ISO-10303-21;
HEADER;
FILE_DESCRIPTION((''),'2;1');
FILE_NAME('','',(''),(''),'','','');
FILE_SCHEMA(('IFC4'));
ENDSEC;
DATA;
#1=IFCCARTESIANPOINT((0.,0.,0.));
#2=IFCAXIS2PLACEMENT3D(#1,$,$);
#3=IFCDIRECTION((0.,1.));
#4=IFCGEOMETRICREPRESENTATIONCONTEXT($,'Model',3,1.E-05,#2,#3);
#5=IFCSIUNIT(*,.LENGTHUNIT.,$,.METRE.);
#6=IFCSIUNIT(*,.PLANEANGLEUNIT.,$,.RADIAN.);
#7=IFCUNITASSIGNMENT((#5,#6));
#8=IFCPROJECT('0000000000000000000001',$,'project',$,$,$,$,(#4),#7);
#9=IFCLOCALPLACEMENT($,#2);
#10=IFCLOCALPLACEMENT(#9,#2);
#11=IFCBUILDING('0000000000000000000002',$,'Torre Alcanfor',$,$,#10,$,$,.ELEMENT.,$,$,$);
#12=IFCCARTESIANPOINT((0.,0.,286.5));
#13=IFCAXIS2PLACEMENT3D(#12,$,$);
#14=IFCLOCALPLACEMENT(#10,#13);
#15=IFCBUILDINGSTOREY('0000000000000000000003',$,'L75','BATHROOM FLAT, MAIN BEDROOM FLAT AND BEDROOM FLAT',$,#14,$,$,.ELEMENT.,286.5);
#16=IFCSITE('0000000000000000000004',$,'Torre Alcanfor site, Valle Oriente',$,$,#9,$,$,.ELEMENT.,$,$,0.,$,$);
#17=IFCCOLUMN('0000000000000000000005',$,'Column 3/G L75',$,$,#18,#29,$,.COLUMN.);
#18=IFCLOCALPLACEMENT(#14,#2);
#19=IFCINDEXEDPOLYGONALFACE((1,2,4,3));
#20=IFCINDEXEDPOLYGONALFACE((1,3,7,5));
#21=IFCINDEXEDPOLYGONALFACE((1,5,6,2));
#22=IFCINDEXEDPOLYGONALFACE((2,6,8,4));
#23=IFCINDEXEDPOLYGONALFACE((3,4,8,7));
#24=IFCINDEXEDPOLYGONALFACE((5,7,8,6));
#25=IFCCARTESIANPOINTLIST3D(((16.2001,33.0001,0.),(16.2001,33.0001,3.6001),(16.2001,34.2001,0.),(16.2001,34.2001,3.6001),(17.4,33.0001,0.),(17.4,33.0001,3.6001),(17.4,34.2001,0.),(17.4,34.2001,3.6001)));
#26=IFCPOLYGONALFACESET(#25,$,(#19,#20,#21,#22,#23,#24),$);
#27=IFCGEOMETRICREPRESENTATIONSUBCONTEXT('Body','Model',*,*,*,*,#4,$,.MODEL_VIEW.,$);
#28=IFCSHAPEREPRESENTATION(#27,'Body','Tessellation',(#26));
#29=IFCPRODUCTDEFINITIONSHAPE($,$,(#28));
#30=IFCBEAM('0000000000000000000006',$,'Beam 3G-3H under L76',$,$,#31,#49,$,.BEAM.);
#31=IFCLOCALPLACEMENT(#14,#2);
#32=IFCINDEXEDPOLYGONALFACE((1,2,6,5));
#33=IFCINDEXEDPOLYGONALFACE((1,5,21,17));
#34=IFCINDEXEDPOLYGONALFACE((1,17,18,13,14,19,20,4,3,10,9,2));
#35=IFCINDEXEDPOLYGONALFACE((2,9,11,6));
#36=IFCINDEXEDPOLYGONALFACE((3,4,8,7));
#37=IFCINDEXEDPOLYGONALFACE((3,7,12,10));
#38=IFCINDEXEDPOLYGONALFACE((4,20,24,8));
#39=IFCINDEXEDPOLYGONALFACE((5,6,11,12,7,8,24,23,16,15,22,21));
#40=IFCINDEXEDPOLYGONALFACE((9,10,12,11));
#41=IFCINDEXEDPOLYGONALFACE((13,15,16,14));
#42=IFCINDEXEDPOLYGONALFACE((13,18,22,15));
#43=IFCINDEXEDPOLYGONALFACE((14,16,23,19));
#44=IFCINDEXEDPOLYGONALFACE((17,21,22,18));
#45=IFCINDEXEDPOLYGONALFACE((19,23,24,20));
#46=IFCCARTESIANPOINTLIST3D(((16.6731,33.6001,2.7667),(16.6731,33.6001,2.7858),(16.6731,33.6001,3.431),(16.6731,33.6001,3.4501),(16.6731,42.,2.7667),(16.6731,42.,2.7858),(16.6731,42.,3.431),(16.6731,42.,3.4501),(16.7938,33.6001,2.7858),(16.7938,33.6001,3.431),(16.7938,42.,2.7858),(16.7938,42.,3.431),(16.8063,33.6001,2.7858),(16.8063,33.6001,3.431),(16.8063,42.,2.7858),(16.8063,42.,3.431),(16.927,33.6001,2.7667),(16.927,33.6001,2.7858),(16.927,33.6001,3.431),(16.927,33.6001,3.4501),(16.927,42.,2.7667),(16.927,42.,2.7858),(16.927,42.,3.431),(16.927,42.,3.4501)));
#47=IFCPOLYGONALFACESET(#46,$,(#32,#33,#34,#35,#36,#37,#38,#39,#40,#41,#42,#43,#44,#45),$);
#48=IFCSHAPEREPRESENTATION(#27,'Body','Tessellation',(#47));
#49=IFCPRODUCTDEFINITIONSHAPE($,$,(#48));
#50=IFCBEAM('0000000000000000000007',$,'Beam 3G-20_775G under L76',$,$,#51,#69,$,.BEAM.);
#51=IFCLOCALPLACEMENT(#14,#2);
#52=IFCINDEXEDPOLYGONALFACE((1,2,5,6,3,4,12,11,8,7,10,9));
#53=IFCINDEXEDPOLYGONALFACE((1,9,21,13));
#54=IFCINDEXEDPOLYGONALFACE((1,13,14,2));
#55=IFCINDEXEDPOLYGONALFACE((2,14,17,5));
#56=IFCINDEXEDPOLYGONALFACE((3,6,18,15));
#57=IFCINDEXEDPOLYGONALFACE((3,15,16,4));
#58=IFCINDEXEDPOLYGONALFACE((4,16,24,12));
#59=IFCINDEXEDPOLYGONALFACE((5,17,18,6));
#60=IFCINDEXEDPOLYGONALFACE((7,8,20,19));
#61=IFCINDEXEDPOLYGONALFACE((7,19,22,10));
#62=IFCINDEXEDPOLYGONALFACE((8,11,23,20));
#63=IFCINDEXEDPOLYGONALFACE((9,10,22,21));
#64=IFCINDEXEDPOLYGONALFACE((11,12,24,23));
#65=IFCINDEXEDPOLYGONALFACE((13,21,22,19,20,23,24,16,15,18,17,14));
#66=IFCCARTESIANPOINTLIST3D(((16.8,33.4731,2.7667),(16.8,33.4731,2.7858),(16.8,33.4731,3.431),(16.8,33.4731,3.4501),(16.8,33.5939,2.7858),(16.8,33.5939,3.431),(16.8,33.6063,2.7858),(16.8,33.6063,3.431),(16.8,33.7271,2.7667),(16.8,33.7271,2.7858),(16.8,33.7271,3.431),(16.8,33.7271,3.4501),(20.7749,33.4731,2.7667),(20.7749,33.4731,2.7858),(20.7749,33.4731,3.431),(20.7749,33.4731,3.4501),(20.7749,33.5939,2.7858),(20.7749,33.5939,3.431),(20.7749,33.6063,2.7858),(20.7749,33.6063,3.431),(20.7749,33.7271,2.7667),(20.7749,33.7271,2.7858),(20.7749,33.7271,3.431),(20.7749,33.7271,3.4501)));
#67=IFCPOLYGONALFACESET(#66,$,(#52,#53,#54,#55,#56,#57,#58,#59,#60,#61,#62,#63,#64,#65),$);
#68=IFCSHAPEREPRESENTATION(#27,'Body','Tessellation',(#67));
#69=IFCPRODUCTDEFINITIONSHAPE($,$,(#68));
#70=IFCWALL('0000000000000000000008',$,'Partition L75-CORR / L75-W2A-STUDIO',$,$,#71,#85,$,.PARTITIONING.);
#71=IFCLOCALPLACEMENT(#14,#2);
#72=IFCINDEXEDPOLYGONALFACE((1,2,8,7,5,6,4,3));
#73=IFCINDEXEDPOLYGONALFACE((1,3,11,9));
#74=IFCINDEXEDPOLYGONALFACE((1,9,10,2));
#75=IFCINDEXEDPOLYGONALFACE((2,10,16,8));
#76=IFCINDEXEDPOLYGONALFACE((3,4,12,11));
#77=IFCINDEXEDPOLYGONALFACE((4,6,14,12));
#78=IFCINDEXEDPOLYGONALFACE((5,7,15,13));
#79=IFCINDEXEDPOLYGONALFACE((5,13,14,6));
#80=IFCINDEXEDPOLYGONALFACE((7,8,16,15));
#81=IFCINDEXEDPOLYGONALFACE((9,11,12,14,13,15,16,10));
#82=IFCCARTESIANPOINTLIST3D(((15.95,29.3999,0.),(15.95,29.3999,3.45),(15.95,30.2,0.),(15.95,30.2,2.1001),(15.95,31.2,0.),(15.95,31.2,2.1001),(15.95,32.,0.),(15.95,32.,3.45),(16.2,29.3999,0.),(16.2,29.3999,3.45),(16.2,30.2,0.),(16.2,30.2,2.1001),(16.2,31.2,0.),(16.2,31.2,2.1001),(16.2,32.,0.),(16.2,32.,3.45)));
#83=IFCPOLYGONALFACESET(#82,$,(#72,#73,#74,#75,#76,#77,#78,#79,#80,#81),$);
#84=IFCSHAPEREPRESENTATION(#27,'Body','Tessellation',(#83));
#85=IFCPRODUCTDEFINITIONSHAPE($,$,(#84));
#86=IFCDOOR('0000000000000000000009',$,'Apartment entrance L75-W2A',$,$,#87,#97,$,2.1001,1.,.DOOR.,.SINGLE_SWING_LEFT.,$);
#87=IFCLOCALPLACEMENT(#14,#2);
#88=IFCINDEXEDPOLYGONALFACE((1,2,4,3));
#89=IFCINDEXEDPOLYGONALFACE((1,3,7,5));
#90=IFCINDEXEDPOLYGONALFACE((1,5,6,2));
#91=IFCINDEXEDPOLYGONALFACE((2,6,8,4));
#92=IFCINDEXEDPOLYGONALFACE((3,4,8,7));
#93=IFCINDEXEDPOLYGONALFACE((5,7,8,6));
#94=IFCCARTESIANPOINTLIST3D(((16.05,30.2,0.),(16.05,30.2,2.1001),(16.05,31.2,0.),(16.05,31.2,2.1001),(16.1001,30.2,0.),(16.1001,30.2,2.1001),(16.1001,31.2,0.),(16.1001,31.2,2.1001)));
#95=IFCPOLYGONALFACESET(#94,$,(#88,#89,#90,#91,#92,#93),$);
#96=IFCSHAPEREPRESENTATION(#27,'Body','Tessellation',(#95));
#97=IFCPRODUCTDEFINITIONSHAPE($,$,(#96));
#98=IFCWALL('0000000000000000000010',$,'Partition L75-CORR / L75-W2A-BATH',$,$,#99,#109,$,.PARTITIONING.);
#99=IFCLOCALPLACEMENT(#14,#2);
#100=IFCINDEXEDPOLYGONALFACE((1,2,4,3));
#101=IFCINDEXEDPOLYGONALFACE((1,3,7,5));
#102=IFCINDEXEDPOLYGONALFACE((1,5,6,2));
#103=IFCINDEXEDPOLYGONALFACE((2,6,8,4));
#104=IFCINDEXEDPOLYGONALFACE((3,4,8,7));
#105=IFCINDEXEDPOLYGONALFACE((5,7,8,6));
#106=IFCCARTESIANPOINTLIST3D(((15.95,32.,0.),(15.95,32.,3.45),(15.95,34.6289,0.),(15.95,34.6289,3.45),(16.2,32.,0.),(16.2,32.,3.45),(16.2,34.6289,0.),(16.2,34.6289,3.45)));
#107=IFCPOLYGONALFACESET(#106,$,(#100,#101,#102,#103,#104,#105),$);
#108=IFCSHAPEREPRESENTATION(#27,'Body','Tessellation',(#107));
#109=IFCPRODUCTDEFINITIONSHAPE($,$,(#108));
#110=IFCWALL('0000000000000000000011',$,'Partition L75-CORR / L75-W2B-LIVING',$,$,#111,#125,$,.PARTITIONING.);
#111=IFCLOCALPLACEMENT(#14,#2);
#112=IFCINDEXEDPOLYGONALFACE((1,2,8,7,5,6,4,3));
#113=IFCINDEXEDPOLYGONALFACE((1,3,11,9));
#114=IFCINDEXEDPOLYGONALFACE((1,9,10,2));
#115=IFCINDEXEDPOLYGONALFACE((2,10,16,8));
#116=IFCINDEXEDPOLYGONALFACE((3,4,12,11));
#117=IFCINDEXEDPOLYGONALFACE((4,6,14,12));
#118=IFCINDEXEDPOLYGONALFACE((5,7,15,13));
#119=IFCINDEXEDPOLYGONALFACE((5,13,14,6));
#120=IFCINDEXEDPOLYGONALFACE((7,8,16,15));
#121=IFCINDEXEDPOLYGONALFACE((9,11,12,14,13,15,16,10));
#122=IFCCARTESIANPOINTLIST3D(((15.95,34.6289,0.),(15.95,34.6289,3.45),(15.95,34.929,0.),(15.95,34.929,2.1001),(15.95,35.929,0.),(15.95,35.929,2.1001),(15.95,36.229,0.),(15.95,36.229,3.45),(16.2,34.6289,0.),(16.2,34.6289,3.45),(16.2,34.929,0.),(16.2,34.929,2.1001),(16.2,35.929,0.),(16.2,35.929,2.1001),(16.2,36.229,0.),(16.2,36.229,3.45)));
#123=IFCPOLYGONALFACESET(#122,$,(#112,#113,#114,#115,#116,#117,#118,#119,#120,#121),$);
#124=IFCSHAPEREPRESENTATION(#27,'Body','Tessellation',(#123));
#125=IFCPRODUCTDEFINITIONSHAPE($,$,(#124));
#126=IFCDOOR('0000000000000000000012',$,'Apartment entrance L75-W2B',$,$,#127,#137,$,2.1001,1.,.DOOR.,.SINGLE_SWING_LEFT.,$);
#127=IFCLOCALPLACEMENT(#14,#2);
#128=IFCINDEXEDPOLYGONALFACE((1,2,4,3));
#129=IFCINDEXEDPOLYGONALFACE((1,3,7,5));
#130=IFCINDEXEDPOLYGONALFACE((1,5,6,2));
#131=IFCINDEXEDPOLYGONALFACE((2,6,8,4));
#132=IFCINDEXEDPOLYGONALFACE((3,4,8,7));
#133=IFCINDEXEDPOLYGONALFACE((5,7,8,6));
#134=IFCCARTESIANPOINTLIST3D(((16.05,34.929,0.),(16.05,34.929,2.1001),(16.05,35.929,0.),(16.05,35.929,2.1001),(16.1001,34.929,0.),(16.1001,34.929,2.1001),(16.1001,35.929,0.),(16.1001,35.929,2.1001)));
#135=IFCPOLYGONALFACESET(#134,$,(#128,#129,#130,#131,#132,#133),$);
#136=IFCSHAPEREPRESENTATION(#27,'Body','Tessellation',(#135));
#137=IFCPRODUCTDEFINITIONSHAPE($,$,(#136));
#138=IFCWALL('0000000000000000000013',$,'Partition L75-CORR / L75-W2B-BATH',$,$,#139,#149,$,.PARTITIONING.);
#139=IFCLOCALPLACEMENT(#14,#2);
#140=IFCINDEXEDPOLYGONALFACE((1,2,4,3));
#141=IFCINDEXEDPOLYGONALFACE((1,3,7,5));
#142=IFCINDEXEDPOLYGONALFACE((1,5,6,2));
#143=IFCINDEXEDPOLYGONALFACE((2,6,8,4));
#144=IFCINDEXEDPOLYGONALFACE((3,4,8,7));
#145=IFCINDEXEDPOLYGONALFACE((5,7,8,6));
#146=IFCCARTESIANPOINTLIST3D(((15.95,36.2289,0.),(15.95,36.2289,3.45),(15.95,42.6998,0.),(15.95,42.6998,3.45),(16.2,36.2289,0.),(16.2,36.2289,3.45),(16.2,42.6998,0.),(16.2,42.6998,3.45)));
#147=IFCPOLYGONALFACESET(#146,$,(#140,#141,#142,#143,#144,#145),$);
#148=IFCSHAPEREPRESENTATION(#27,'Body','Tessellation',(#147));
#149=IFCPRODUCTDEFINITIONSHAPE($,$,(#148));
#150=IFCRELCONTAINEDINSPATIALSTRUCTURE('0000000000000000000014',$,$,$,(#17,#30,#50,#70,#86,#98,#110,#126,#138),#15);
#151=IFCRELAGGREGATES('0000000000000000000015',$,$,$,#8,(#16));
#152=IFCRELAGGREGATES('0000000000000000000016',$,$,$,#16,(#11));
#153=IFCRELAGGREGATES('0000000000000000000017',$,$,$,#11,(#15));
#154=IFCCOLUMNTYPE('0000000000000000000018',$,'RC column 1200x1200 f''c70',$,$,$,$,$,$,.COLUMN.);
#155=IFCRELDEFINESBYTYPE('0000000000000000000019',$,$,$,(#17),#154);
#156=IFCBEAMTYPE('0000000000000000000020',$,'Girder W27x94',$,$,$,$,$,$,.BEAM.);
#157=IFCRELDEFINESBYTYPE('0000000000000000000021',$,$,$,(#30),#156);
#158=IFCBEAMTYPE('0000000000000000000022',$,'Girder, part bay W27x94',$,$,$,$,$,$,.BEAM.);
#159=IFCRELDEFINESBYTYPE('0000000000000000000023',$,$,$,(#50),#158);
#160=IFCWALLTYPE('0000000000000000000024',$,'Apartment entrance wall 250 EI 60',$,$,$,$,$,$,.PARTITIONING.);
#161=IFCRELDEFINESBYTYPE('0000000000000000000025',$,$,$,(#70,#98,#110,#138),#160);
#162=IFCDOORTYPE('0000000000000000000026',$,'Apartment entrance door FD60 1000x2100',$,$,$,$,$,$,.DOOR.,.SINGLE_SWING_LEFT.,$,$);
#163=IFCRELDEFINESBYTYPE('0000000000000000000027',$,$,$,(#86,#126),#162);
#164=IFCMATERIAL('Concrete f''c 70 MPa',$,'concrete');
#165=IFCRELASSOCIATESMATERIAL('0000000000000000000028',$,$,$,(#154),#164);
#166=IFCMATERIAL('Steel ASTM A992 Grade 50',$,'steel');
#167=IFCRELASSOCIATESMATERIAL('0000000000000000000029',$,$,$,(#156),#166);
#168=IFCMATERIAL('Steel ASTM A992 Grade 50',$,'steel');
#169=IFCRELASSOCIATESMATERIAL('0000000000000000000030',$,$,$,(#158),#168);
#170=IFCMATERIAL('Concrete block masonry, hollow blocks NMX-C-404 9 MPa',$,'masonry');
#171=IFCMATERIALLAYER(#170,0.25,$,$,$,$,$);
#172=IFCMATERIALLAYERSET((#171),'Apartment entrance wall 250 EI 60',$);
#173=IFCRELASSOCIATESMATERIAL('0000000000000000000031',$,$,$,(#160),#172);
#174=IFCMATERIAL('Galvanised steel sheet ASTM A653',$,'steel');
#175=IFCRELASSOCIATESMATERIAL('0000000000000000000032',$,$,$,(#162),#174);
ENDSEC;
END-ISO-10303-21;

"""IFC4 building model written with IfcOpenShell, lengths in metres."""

from ifc_helpers import new_model, si_unit, direction, frame, frame_2d, origin, origin_2d, place, context, subcontext, project, spatial, rectangle, i_section, extrude, material, layer, layer_set, material_profile, profile_set, type_object, element, fill, save


model = new_model("IFC4")

# Units and contexts
model_context = context("Model", 3, precision=1e-05, world=origin(), true_north=direction((0.0, 1.0)))
body_context = subcontext(model_context, "Body", "Model", "MODEL_VIEW")
ifc_project = project(units=[si_unit("LENGTHUNIT", "METRE"), si_unit("PLANEANGLEUNIT", "RADIAN")], contexts=[model_context])

# Site, building, storey
site_placement = place(None, origin())
site = spatial("IfcSite", under=ifc_project, at=site_placement, Name="Torre Alcanfor site, Valle Oriente", CompositionType="ELEMENT", RefElevation=0.0)
building_placement = place(site_placement, origin())
building = spatial("IfcBuilding", under=site, at=building_placement, Name="Torre Alcanfor", CompositionType="ELEMENT")
storey_placement = place(building_placement, frame((0.0, 0.0, 286.5)))
storey = spatial("IfcBuildingStorey", under=building, at=storey_placement, Name="L75", Description="BATHROOM FLAT, MAIN BEDROOM FLAT AND BEDROOM FLAT", CompositionType="ELEMENT", Elevation=286.5)

# Column
ifc_material_1 = material(Name="Concrete f'c 70 MPa", Category="concrete")
ifc_material_profile_1 = material_profile(ifc_material_1, rectangle(XDim=1.2, YDim=1.2, at=origin_2d()), Name="1200x1200")
ifc_profile_set_1 = profile_set([ifc_material_profile_1], Name="Concrete f'c 70 MPa")
column_type = type_object("IfcColumnType", Name="RC column 1200x1200 f'c70", PredefinedType="COLUMN", material=ifc_profile_set_1)
column_placement = place(storey_placement, frame((16.8, 33.6001, 0.0), z_axis=(0.0, 0.0, 1.0), x_axis=(1.0, 0.0, 0.0)))
element("IfcColumn", 1, at=column_placement, inside=storey, type_object=column_type, Name="Column 3/G L75", PredefinedType="COLUMN", context=body_context, shape_type="SweptSolid", body=[
    extrude(rectangle(XDim=1.2, YDim=1.2, at=origin_2d()), origin(), (0.0, 0.0, 1.0), 3.6001),
])

# Beams
ifc_material_2 = material(Name="Steel ASTM A992 Grade 50", Category="steel")
ifc_material_profile_2 = material_profile(ifc_material_2, i_section(OverallWidth=0.2539, OverallDepth=0.6833, WebThickness=0.0125, FlangeThickness=0.019, at=origin_2d()), Name="W27x94")
ifc_profile_set_2 = profile_set([ifc_material_profile_2], Name="Steel ASTM A992 Grade 50")
beam_type_1 = type_object("IfcBeamType", Name="Girder W27x94", PredefinedType="BEAM", material=ifc_profile_set_2)
beam_1_placement = place(storey_placement, frame((16.8, 33.6001, 3.1084), z_axis=(0.0, 1.0, 0.0), x_axis=(-1.0, 0.0, 0.0)))
element("IfcBeam", 2, at=beam_1_placement, inside=storey, type_object=beam_type_1, Name="Beam 3G-3H under L76", PredefinedType="BEAM", context=body_context, shape_type="SweptSolid", body=[
    extrude(i_section(OverallWidth=0.2539, OverallDepth=0.6833, WebThickness=0.0125, FlangeThickness=0.019, at=origin_2d()), origin(), (0.0, 0.0, 1.0), 8.3999),
])
ifc_material_3 = material(Name="Steel ASTM A992 Grade 50", Category="steel")
ifc_material_profile_3 = material_profile(ifc_material_3, i_section(OverallWidth=0.2539, OverallDepth=0.6833, WebThickness=0.0125, FlangeThickness=0.019, at=origin_2d()), Name="W27x94")
ifc_profile_set_3 = profile_set([ifc_material_profile_3], Name="Steel ASTM A992 Grade 50")
beam_type_2 = type_object("IfcBeamType", Name="Girder, part bay W27x94", PredefinedType="BEAM", material=ifc_profile_set_3)
beam_2_placement = place(storey_placement, frame((16.8, 33.6001, 3.1084), z_axis=(1.0, 0.0, 0.0), x_axis=(0.0, 1.0, 0.0)))
element("IfcBeam", 3, at=beam_2_placement, inside=storey, type_object=beam_type_2, Name="Beam 3G-20_775G under L76", PredefinedType="BEAM", context=body_context, shape_type="SweptSolid", body=[
    extrude(i_section(OverallWidth=0.2539, OverallDepth=0.6833, WebThickness=0.0125, FlangeThickness=0.019, at=origin_2d()), origin(), (0.0, 0.0, 1.0), 3.9749),
])

# Wall, opening, door
ifc_material_4 = material(Name="Concrete block masonry, hollow blocks NMX-C-404 9 MPa", Category="masonry")
ifc_layer_1 = layer(ifc_material_4, 0.25)
ifc_layer_set_1 = layer_set([ifc_layer_1], Name="Apartment entrance wall 250 EI 60")
wall_type_1 = type_object("IfcWallType", Name="Apartment entrance wall 250 EI 60", PredefinedType="PARTITIONING", material=ifc_layer_set_1)
wall_1_placement = place(storey_placement, frame((16.075, 29.3999, 0.0), z_axis=(0.0, 0.0, 1.0), x_axis=(0.0, 1.0, 0.0)))
wall_1 = element("IfcWall", 4, at=wall_1_placement, inside=storey, type_object=wall_type_1, Name="Partition L75-CORR / L75-W2A-STUDIO", PredefinedType="PARTITIONING", context=body_context, shape_type="SweptSolid", body=[
    extrude(rectangle(XDim=2.6001, YDim=0.25, at=frame_2d((1.3, 0.0))), origin(), (0.0, 0.0, 1.0), 3.45),
])
opening_1_placement = place(wall_1_placement, frame((0.8, 0.0, 0.0)))
opening_1 = element("IfcOpeningElement", 5, at=opening_1_placement, cuts=wall_1, PredefinedType="OPENING", context=body_context, shape_type="SweptSolid", body=[
    extrude(rectangle(XDim=1.0, YDim=2.1001, at=frame_2d((0.5, 1.05))), frame((0.0, 0.135, 0.0), z_axis=(0.0, -1.0, 0.0), x_axis=(1.0, 0.0, 0.0)), (0.0, 0.0, 1.0), 0.27),
])
ifc_material_5 = material(Name="Galvanised steel sheet ASTM A653", Category="steel")
door_type_1 = type_object("IfcDoorType", Name="Apartment entrance door FD60 1000x2100", OperationType="SINGLE_SWING_LEFT", PredefinedType="DOOR", material=ifc_material_5)
door_1_placement = place(opening_1_placement, origin())
door_1 = element("IfcDoor", 6, at=door_1_placement, inside=storey, type_object=door_type_1, Name="Apartment entrance L75-W2A", OperationType="SINGLE_SWING_LEFT", OverallHeight=2.1001, OverallWidth=1.0, PredefinedType="DOOR", context=body_context, shape_type="SweptSolid", body=[
    extrude(rectangle(XDim=1.0, YDim=2.1001, at=frame_2d((0.5, 1.05))), frame((0.0, 0.0249, 0.0), z_axis=(0.0, -1.0, 0.0), x_axis=(1.0, 0.0, 0.0)), (0.0, 0.0, 1.0), 0.05),
])
fill(opening_1, door_1)

# Wall
wall_2_placement = place(storey_placement, frame((16.075, 32.0, 0.0), z_axis=(0.0, 0.0, 1.0), x_axis=(0.0, 1.0, 0.0)))
element("IfcWall", 7, at=wall_2_placement, inside=storey, type_object=wall_type_1, Name="Partition L75-CORR / L75-W2A-BATH", PredefinedType="PARTITIONING", context=body_context, shape_type="SweptSolid", body=[
    extrude(rectangle(XDim=2.6289, YDim=0.25, at=frame_2d((1.3145, 0.0))), origin(), (0.0, 0.0, 1.0), 3.45),
])

# Wall, opening, door
wall_3_placement = place(storey_placement, frame((16.075, 34.6289, 0.0), z_axis=(0.0, 0.0, 1.0), x_axis=(0.0, 1.0, 0.0)))
wall_3 = element("IfcWall", 8, at=wall_3_placement, inside=storey, type_object=wall_type_1, Name="Partition L75-CORR / L75-W2B-LIVING", PredefinedType="PARTITIONING", context=body_context, shape_type="SweptSolid", body=[
    extrude(rectangle(XDim=1.6001, YDim=0.25, at=frame_2d((0.8, 0.0))), origin(), (0.0, 0.0, 1.0), 3.45),
])
opening_2_placement = place(wall_3_placement, frame((0.3, 0.0, 0.0)))
opening_2 = element("IfcOpeningElement", 9, at=opening_2_placement, cuts=wall_3, PredefinedType="OPENING", context=body_context, shape_type="SweptSolid", body=[
    extrude(rectangle(XDim=1.0, YDim=2.1001, at=frame_2d((0.5, 1.05))), frame((0.0, 0.135, 0.0), z_axis=(0.0, -1.0, 0.0), x_axis=(1.0, 0.0, 0.0)), (0.0, 0.0, 1.0), 0.27),
])
door_2_placement = place(opening_2_placement, origin())
door_2 = element("IfcDoor", 10, at=door_2_placement, inside=storey, type_object=door_type_1, Name="Apartment entrance L75-W2B", OperationType="SINGLE_SWING_LEFT", OverallHeight=2.1001, OverallWidth=1.0, PredefinedType="DOOR", context=body_context, shape_type="SweptSolid", body=[
    extrude(rectangle(XDim=1.0, YDim=2.1001, at=frame_2d((0.5, 1.05))), frame((0.0, 0.0249, 0.0), z_axis=(0.0, -1.0, 0.0), x_axis=(1.0, 0.0, 0.0)), (0.0, 0.0, 1.0), 0.05),
])
fill(opening_2, door_2)

# Wall
wall_4_placement = place(storey_placement, frame((16.075, 36.229, 0.0), z_axis=(0.0, 0.0, 1.0), x_axis=(0.0, 1.0, 0.0)))
element("IfcWall", 11, at=wall_4_placement, inside=storey, type_object=wall_type_1, Name="Partition L75-CORR / L75-W2B-BATH", PredefinedType="PARTITIONING", context=body_context, shape_type="SweptSolid", body=[
    extrude(rectangle(XDim=6.4709, YDim=0.25, at=frame_2d((3.2354, 0.0))), origin(), (0.0, 0.0, 1.0), 3.45),
])

save(model, "model.ifc")
